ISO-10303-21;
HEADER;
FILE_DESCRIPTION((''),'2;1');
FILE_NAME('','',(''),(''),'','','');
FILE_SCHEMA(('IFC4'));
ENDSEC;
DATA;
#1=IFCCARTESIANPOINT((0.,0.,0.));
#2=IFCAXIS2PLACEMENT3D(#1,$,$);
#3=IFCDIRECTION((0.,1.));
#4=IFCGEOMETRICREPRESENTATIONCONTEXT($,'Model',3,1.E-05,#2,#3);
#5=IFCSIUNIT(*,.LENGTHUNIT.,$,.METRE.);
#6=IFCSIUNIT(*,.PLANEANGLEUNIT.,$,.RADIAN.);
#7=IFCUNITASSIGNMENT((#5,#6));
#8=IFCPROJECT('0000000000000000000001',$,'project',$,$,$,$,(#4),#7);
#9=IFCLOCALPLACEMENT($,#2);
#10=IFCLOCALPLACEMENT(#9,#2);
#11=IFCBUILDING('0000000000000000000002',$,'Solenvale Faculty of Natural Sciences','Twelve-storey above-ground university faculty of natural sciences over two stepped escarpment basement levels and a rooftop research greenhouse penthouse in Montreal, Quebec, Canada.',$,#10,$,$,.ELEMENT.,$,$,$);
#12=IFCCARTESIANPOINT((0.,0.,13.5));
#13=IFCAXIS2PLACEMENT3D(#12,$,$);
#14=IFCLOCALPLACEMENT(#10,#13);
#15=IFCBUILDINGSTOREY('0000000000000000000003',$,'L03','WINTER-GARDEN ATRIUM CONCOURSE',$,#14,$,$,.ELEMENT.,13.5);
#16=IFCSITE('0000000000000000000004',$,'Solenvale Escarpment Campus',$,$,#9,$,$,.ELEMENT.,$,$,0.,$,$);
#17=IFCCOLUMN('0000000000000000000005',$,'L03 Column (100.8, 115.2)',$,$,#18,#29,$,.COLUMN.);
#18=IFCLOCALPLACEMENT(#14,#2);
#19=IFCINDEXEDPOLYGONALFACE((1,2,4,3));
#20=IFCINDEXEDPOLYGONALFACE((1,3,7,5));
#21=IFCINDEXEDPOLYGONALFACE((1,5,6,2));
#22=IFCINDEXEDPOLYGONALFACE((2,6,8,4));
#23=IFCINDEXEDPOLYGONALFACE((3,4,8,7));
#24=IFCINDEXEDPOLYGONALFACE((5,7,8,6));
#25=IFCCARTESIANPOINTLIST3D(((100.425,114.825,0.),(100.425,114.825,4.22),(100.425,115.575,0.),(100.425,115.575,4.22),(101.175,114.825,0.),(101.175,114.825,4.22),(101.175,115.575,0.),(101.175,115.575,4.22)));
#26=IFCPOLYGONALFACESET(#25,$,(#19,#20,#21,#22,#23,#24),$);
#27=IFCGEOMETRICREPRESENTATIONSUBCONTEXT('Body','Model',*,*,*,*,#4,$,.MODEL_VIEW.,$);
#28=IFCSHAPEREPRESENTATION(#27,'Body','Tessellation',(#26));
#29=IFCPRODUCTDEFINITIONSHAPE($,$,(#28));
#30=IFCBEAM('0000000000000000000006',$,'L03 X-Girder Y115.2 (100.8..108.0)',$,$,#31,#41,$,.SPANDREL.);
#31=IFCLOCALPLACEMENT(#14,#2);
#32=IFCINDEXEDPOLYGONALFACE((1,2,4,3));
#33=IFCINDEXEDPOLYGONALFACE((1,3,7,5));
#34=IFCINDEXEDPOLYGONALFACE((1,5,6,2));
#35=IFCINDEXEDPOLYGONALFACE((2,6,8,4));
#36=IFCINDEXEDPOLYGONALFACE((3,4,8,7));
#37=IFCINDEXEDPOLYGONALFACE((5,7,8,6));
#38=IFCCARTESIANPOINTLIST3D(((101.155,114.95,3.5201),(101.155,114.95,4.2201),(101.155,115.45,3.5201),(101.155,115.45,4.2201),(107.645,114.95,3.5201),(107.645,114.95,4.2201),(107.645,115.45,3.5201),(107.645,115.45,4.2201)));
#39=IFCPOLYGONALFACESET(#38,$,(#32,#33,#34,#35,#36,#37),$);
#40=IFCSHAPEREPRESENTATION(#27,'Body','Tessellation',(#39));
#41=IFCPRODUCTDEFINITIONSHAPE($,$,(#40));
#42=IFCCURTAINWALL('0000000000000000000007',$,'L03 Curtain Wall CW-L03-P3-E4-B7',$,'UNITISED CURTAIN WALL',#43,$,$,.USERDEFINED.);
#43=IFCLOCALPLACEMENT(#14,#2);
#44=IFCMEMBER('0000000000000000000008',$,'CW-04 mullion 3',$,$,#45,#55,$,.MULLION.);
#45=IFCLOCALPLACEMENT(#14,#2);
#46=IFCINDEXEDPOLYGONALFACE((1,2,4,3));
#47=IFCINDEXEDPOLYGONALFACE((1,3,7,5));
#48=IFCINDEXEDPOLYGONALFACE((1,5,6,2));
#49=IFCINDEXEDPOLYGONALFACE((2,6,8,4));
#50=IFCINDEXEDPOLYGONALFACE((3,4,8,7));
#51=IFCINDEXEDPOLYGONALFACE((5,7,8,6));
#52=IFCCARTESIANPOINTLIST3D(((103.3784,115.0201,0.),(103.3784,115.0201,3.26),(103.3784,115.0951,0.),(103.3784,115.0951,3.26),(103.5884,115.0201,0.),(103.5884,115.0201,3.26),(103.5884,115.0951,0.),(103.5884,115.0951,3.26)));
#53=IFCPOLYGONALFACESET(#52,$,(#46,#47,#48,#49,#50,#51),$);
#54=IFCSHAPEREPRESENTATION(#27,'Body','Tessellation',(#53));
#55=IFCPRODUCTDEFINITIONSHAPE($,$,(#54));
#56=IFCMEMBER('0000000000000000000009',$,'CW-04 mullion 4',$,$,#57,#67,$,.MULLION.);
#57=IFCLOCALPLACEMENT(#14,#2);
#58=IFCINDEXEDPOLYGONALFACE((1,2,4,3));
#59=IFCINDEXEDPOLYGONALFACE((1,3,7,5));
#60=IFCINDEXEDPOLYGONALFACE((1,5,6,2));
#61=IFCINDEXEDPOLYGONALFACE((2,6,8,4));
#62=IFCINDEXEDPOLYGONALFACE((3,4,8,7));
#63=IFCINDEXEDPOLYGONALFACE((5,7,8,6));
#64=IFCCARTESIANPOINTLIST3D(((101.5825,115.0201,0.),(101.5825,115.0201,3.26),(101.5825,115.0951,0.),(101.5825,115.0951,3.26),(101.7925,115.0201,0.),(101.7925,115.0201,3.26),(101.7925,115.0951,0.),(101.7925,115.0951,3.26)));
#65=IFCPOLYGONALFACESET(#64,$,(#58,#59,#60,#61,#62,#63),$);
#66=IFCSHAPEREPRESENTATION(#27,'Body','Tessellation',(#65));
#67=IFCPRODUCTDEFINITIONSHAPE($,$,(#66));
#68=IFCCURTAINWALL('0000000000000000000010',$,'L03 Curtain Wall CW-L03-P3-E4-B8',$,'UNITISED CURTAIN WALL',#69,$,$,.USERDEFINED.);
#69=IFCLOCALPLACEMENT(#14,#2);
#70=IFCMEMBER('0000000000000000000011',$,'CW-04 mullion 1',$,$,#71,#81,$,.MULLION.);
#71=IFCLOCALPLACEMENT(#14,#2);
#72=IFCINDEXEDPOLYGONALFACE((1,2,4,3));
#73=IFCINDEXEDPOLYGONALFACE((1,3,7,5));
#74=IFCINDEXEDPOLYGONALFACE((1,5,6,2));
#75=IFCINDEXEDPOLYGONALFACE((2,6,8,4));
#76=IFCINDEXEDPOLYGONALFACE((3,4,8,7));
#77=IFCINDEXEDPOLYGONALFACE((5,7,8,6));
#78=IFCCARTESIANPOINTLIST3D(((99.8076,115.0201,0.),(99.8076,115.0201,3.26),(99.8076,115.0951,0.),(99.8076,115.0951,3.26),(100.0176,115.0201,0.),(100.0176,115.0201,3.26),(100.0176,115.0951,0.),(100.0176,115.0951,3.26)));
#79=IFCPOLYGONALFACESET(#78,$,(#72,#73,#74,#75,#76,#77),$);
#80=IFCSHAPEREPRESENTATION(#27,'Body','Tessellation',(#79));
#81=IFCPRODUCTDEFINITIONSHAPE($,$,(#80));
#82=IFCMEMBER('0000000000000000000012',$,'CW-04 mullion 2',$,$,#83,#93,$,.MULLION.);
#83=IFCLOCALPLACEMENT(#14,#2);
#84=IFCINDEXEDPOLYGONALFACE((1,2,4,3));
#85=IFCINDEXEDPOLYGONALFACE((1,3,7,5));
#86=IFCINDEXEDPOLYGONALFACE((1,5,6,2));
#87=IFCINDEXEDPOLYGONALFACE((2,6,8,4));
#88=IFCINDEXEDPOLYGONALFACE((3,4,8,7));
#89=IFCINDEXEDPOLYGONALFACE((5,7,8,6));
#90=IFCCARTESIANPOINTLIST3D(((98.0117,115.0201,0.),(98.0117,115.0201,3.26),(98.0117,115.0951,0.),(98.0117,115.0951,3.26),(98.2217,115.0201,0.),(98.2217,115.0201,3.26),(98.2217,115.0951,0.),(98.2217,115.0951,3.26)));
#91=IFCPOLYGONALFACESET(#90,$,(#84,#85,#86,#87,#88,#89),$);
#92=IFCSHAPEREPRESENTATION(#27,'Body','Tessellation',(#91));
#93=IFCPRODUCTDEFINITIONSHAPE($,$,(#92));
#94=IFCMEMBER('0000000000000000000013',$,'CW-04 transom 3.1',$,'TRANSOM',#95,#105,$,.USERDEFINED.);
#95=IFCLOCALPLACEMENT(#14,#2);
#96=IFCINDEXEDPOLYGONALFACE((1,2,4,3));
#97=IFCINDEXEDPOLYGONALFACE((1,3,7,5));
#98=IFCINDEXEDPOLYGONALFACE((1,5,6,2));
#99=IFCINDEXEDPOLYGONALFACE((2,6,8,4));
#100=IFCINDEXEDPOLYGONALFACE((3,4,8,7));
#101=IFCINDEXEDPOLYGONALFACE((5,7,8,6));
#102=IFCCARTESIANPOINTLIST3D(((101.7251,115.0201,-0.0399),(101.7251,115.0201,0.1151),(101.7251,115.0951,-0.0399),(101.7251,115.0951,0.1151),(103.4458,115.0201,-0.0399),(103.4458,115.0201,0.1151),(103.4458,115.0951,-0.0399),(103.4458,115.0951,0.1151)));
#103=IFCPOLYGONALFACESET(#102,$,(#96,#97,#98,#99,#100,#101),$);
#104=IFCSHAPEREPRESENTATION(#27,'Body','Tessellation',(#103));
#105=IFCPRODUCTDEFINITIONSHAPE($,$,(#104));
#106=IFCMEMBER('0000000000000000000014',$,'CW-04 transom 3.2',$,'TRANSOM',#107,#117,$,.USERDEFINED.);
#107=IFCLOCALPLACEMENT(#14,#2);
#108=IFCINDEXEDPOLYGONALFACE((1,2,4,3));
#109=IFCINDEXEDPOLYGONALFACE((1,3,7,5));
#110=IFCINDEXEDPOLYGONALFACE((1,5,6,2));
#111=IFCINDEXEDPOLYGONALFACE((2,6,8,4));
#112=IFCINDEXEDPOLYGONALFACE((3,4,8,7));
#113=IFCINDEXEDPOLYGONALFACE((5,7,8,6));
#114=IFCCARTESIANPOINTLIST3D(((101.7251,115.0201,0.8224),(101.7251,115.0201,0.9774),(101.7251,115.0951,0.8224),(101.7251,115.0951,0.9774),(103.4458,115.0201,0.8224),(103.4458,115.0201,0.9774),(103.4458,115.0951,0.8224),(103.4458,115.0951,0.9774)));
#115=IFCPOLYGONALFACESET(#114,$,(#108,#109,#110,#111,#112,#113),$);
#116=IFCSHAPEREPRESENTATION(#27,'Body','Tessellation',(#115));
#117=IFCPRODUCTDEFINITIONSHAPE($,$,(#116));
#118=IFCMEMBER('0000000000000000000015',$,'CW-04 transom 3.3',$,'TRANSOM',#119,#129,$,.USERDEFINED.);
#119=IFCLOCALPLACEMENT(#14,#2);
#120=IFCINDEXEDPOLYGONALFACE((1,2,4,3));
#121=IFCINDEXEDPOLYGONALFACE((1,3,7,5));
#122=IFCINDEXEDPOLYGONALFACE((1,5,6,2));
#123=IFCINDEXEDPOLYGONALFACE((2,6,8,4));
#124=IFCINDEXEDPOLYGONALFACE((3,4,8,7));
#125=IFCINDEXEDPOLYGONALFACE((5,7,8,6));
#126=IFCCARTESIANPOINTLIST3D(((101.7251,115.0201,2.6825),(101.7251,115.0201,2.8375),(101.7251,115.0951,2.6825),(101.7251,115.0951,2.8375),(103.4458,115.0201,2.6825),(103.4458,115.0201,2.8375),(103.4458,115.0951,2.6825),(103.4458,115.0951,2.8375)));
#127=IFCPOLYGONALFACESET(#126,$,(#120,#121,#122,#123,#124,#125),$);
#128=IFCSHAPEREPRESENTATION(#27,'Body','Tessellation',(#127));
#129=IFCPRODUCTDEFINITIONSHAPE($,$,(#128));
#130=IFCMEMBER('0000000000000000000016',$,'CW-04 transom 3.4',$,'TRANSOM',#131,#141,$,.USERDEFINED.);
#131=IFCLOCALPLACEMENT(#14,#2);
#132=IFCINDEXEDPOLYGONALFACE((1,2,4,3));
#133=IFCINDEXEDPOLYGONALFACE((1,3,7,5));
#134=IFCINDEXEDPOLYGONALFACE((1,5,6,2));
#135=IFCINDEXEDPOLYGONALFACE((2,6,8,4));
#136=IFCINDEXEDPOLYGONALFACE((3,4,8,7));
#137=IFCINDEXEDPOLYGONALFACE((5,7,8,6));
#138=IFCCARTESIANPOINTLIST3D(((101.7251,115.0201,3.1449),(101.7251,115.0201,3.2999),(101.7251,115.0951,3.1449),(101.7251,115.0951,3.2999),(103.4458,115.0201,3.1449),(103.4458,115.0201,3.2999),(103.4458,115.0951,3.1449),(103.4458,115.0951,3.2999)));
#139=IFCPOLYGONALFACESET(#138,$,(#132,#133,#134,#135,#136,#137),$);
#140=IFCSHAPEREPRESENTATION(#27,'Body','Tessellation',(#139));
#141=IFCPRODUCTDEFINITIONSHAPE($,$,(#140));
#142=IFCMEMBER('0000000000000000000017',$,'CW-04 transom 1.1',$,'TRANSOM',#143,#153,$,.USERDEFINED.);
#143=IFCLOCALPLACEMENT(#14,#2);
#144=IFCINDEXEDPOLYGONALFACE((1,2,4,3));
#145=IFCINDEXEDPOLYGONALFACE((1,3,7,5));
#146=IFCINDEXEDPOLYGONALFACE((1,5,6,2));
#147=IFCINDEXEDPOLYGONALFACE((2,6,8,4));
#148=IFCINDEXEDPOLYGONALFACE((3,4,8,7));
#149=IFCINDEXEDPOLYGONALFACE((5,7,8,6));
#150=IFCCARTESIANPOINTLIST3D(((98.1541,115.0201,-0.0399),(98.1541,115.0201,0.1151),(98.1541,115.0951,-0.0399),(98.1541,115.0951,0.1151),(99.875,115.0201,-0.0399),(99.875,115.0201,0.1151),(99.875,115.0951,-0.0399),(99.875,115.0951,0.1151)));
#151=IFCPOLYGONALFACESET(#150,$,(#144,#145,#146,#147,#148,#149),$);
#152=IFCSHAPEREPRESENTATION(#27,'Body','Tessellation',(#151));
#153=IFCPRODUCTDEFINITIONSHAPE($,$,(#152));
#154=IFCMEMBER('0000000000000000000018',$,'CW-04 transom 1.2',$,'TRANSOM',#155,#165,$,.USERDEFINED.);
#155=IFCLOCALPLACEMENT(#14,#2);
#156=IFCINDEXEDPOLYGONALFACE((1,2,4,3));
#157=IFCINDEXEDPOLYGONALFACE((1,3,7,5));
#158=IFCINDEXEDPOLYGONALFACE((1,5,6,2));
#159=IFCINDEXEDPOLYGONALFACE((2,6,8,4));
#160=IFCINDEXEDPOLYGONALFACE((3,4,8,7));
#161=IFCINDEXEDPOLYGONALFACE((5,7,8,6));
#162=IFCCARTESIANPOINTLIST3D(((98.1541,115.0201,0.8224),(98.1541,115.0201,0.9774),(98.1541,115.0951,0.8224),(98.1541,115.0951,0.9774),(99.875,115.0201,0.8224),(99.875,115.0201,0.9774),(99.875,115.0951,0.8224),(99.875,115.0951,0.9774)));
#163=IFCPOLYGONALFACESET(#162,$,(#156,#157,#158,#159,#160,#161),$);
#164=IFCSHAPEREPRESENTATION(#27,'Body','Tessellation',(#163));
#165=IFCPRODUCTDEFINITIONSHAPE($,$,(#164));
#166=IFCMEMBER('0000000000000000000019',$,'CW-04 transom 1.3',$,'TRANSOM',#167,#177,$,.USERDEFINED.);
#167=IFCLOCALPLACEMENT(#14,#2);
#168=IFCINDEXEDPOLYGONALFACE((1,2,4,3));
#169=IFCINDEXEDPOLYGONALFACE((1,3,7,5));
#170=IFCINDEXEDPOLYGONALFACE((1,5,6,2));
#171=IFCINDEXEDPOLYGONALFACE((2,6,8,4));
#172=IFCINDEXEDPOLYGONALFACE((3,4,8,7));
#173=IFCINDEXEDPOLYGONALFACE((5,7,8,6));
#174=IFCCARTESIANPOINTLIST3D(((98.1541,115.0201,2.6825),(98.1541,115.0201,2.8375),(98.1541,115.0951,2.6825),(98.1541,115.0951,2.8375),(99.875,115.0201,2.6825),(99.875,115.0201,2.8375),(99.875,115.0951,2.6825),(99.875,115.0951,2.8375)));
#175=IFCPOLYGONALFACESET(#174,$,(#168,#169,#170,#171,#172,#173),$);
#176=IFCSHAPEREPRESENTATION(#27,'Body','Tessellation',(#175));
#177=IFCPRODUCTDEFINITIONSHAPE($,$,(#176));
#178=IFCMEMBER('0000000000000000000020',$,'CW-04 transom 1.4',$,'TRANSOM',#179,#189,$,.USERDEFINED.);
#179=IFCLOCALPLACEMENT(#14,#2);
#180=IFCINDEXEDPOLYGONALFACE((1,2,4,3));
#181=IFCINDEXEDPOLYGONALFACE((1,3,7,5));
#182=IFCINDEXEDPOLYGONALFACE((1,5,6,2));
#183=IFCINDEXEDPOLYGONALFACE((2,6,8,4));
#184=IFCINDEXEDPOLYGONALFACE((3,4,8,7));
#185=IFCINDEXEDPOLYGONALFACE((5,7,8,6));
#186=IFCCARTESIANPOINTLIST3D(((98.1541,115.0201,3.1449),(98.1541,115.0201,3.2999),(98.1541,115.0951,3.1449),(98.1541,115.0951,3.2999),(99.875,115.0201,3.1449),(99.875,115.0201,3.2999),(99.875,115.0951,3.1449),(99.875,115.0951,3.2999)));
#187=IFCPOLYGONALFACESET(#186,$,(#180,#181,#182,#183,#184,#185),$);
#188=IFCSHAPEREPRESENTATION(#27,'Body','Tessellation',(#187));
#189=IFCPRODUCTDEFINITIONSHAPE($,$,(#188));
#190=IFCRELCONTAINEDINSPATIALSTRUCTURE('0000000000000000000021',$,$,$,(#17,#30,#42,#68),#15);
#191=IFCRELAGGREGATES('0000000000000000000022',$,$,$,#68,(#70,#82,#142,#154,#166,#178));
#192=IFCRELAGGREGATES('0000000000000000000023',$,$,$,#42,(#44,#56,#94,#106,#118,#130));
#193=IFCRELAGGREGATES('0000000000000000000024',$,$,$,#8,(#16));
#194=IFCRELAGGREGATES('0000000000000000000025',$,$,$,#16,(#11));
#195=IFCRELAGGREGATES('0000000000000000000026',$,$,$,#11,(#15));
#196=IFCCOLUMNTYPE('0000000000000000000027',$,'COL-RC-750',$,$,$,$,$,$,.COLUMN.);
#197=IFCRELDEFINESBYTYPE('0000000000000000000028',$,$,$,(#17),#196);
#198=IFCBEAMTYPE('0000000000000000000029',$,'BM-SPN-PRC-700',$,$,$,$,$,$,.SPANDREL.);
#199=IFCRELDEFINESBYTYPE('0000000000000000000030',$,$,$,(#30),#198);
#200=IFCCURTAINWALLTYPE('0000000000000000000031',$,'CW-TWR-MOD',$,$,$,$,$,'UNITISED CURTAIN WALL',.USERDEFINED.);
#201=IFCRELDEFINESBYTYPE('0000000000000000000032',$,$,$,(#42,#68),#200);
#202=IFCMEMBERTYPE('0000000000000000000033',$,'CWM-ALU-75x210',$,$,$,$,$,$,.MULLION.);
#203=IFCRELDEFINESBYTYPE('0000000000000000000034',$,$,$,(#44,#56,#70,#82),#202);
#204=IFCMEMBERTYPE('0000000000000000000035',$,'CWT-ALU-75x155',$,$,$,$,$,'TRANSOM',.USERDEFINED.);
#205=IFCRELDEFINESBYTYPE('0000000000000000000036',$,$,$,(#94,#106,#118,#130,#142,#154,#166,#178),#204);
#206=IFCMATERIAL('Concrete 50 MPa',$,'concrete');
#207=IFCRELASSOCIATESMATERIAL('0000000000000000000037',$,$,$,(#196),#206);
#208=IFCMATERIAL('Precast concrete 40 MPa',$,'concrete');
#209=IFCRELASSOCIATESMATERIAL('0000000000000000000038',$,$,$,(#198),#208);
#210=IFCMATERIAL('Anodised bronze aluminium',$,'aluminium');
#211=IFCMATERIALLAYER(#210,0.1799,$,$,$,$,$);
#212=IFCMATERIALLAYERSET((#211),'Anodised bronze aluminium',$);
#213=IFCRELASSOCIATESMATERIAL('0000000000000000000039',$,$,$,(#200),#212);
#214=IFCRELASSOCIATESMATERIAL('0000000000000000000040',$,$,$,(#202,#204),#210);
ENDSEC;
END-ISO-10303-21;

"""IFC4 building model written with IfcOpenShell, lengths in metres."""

from ifc_helpers import new_model, si_unit, direction, frame, origin, origin_2d, place, context, subcontext, project, spatial, rectangle, extrude, material, layer, layer_set, material_profile, profile_set, type_object, element, aggregate, save


model = new_model("IFC4")

# Units and contexts
model_context = context("Model", 3, precision=1e-05, world=origin(), true_north=direction((0.0, 1.0)))
body_context = subcontext(model_context, "Body", "Model", "MODEL_VIEW")
ifc_project = project(units=[si_unit("LENGTHUNIT", "METRE"), si_unit("PLANEANGLEUNIT", "RADIAN")], contexts=[model_context])

# Site, building, storey
site_placement = place(None, origin())
site = spatial("IfcSite", under=ifc_project, at=site_placement, Name="Solenvale Escarpment Campus", CompositionType="ELEMENT", RefElevation=0.0)
building_placement = place(site_placement, origin())
building = spatial("IfcBuilding", under=site, at=building_placement, Name="Solenvale Faculty of Natural Sciences", Description="Twelve-storey above-ground university faculty of natural sciences over two stepped escarpment basement levels and a rooftop research greenhouse penthouse in Montreal, Quebec, Canada.", CompositionType="ELEMENT")
storey_placement = place(building_placement, frame((0.0, 0.0, 13.5)))
storey = spatial("IfcBuildingStorey", under=building, at=storey_placement, Name="L03", Description="WINTER-GARDEN ATRIUM CONCOURSE", CompositionType="ELEMENT", Elevation=13.5)

# Column
ifc_material_1 = material(Name="Concrete 50 MPa", Category="concrete")
ifc_material_profile_1 = material_profile(ifc_material_1, rectangle(XDim=0.75, YDim=0.75, at=origin_2d()), Name="RC-COL-750x750")
ifc_profile_set_1 = profile_set([ifc_material_profile_1], Name="Concrete 50 MPa")
column_type = type_object("IfcColumnType", Name="COL-RC-750", PredefinedType="COLUMN", material=ifc_profile_set_1)
column_placement = place(storey_placement, frame((100.8, 115.2, 0.0), z_axis=(0.0, 0.0, 1.0), x_axis=(1.0, 0.0, 0.0)))
element("IfcColumn", 1, at=column_placement, inside=storey, type_object=column_type, Name="L03 Column (100.8, 115.2)", PredefinedType="COLUMN", context=body_context, shape_type="SweptSolid", body=[
    extrude(rectangle(XDim=0.75, YDim=0.75, at=origin_2d()), origin(), (0.0, 0.0, 1.0), 4.22),
])

# Beam
ifc_material_2 = material(Name="Precast concrete 40 MPa", Category="concrete")
ifc_material_profile_2 = material_profile(ifc_material_2, rectangle(XDim=0.5, YDim=0.7, at=origin_2d()), Name="RC-BM-500x700")
ifc_profile_set_2 = profile_set([ifc_material_profile_2], Name="Precast concrete 40 MPa")
beam_type = type_object("IfcBeamType", Name="BM-SPN-PRC-700", PredefinedType="SPANDREL", material=ifc_profile_set_2)
beam_placement = place(storey_placement, frame((101.155, 115.2, 3.8701), z_axis=(1.0, 0.0, 0.0), x_axis=(0.0, 1.0, 0.0)))
element("IfcBeam", 2, at=beam_placement, inside=storey, type_object=beam_type, Name="L03 X-Girder Y115.2 (100.8..108.0)", PredefinedType="SPANDREL", context=body_context, shape_type="SweptSolid", body=[
    extrude(rectangle(XDim=0.5, YDim=0.7, at=origin_2d()), origin(), (0.0, 0.0, 1.0), 6.49),
])

# Curtain walls, members
ifc_material_3 = material(Name="Anodised bronze aluminium", Category="aluminium")
ifc_layer_1 = layer(ifc_material_3, 0.1799)
ifc_layer_set_1 = layer_set([ifc_layer_1], Name="Anodised bronze aluminium")
curtain_wall_type = type_object("IfcCurtainWallType", Name="CW-TWR-MOD", ElementType="UNITISED CURTAIN WALL", PredefinedType="USERDEFINED", material=ifc_layer_set_1)
curtain_wall_1_placement = place(storey_placement, origin())
curtain_wall_1 = element("IfcCurtainWall", 3, at=curtain_wall_1_placement, inside=storey, type_object=curtain_wall_type, Name="L03 Curtain Wall CW-L03-P3-E4-B7", ObjectType="UNITISED CURTAIN WALL", PredefinedType="USERDEFINED")
ifc_material_profile_3 = material_profile(ifc_material_3, rectangle(XDim=0.075, YDim=0.21, at=origin_2d()), Name="ALU-MUL-75x210")
ifc_profile_set_3 = profile_set([ifc_material_profile_3], Name="Anodised bronze aluminium")
member_type_1 = type_object("IfcMemberType", Name="CWM-ALU-75x210", PredefinedType="MULLION", material=ifc_profile_set_3)
member_1_placement = place(storey_placement, frame((103.4834, 115.0576, 0.0), z_axis=(0.0, 0.0, 1.0), x_axis=(0.0, -1.0, 0.0)))
member_1 = element("IfcMember", 4, at=member_1_placement, type_object=member_type_1, Name="CW-04 mullion 3", PredefinedType="MULLION", context=body_context, shape_type="SweptSolid", body=[
    extrude(rectangle(XDim=0.075, YDim=0.21, at=origin_2d()), origin(), (0.0, 0.0, 1.0), 3.26),
])
member_2_placement = place(storey_placement, frame((101.6875, 115.0576, 0.0), z_axis=(0.0, 0.0, 1.0), x_axis=(0.0, -1.0, 0.0)))
member_2 = element("IfcMember", 5, at=member_2_placement, type_object=member_type_1, Name="CW-04 mullion 4", PredefinedType="MULLION", context=body_context, shape_type="SweptSolid", body=[
    extrude(rectangle(XDim=0.075, YDim=0.21, at=origin_2d()), origin(), (0.0, 0.0, 1.0), 3.26),
])
curtain_wall_2_placement = place(storey_placement, origin())
curtain_wall_2 = element("IfcCurtainWall", 6, at=curtain_wall_2_placement, inside=storey, type_object=curtain_wall_type, Name="L03 Curtain Wall CW-L03-P3-E4-B8", ObjectType="UNITISED CURTAIN WALL", PredefinedType="USERDEFINED")
member_3_placement = place(storey_placement, frame((99.9126, 115.0576, 0.0), z_axis=(0.0, 0.0, 1.0), x_axis=(0.0, -1.0, 0.0)))
member_3 = element("IfcMember", 7, at=member_3_placement, type_object=member_type_1, Name="CW-04 mullion 1", PredefinedType="MULLION", context=body_context, shape_type="SweptSolid", body=[
    extrude(rectangle(XDim=0.075, YDim=0.21, at=origin_2d()), origin(), (0.0, 0.0, 1.0), 3.26),
])
member_4_placement = place(storey_placement, frame((98.1167, 115.0576, 0.0), z_axis=(0.0, 0.0, 1.0), x_axis=(0.0, -1.0, 0.0)))
member_4 = element("IfcMember", 8, at=member_4_placement, type_object=member_type_1, Name="CW-04 mullion 2", PredefinedType="MULLION", context=body_context, shape_type="SweptSolid", body=[
    extrude(rectangle(XDim=0.075, YDim=0.21, at=origin_2d()), origin(), (0.0, 0.0, 1.0), 3.26),
])

# Members
ifc_material_profile_4 = material_profile(ifc_material_3, rectangle(XDim=0.075, YDim=0.155, at=origin_2d()), Name="ALU-TRN-75x155")
ifc_profile_set_4 = profile_set([ifc_material_profile_4], Name="Anodised bronze aluminium")
member_type_2 = type_object("IfcMemberType", Name="CWT-ALU-75x155", ElementType="TRANSOM", PredefinedType="USERDEFINED", material=ifc_profile_set_4)
member_5_placement = place(storey_placement, frame((103.4458, 115.0576, 0.0376), z_axis=(-1.0, 0.0, 0.0), x_axis=(0.0, -1.0, 0.0)))
member_5 = element("IfcMember", 9, at=member_5_placement, type_object=member_type_2, Name="CW-04 transom 3.1", ObjectType="TRANSOM", PredefinedType="USERDEFINED", context=body_context, shape_type="SweptSolid", body=[
    extrude(rectangle(XDim=0.075, YDim=0.155, at=origin_2d()), origin(), (0.0, 0.0, 1.0), 1.7207),
])
member_6_placement = place(storey_placement, frame((103.4458, 115.0576, 0.8999), z_axis=(-1.0, 0.0, 0.0), x_axis=(0.0, -1.0, 0.0)))
member_6 = element("IfcMember", 10, at=member_6_placement, type_object=member_type_2, Name="CW-04 transom 3.2", ObjectType="TRANSOM", PredefinedType="USERDEFINED", context=body_context, shape_type="SweptSolid", body=[
    extrude(rectangle(XDim=0.075, YDim=0.155, at=origin_2d()), origin(), (0.0, 0.0, 1.0), 1.7207),
])
member_7_placement = place(storey_placement, frame((103.4458, 115.0576, 2.76), z_axis=(-1.0, 0.0, 0.0), x_axis=(0.0, -1.0, 0.0)))
member_7 = element("IfcMember", 11, at=member_7_placement, type_object=member_type_2, Name="CW-04 transom 3.3", ObjectType="TRANSOM", PredefinedType="USERDEFINED", context=body_context, shape_type="SweptSolid", body=[
    extrude(rectangle(XDim=0.075, YDim=0.155, at=origin_2d()), origin(), (0.0, 0.0, 1.0), 1.7207),
])
member_8_placement = place(storey_placement, frame((103.4458, 115.0576, 3.2224), z_axis=(-1.0, 0.0, 0.0), x_axis=(0.0, -1.0, 0.0)))
member_8 = element("IfcMember", 12, at=member_8_placement, type_object=member_type_2, Name="CW-04 transom 3.4", ObjectType="TRANSOM", PredefinedType="USERDEFINED", context=body_context, shape_type="SweptSolid", body=[
    extrude(rectangle(XDim=0.075, YDim=0.155, at=origin_2d()), origin(), (0.0, 0.0, 1.0), 1.7207),
])
member_9_placement = place(storey_placement, frame((99.875, 115.0576, 0.0376), z_axis=(-1.0, 0.0, 0.0), x_axis=(0.0, -1.0, 0.0)))
member_9 = element("IfcMember", 13, at=member_9_placement, type_object=member_type_2, Name="CW-04 transom 1.1", ObjectType="TRANSOM", PredefinedType="USERDEFINED", context=body_context, shape_type="SweptSolid", body=[
    extrude(rectangle(XDim=0.075, YDim=0.155, at=origin_2d()), origin(), (0.0, 0.0, 1.0), 1.7209),
])
member_10_placement = place(storey_placement, frame((99.875, 115.0576, 0.8999), z_axis=(-1.0, 0.0, 0.0), x_axis=(0.0, -1.0, 0.0)))
member_10 = element("IfcMember", 14, at=member_10_placement, type_object=member_type_2, Name="CW-04 transom 1.2", ObjectType="TRANSOM", PredefinedType="USERDEFINED", context=body_context, shape_type="SweptSolid", body=[
    extrude(rectangle(XDim=0.075, YDim=0.155, at=origin_2d()), origin(), (0.0, 0.0, 1.0), 1.7209),
])
member_11_placement = place(storey_placement, frame((99.875, 115.0576, 2.76), z_axis=(-1.0, 0.0, 0.0), x_axis=(0.0, -1.0, 0.0)))
member_11 = element("IfcMember", 15, at=member_11_placement, type_object=member_type_2, Name="CW-04 transom 1.3", ObjectType="TRANSOM", PredefinedType="USERDEFINED", context=body_context, shape_type="SweptSolid", body=[
    extrude(rectangle(XDim=0.075, YDim=0.155, at=origin_2d()), origin(), (0.0, 0.0, 1.0), 1.7209),
])
member_12_placement = place(storey_placement, frame((99.875, 115.0576, 3.2224), z_axis=(-1.0, 0.0, 0.0), x_axis=(0.0, -1.0, 0.0)))
member_12 = element("IfcMember", 16, at=member_12_placement, type_object=member_type_2, Name="CW-04 transom 1.4", ObjectType="TRANSOM", PredefinedType="USERDEFINED", context=body_context, shape_type="SweptSolid", body=[
    extrude(rectangle(XDim=0.075, YDim=0.155, at=origin_2d()), origin(), (0.0, 0.0, 1.0), 1.7209),
])

aggregate(curtain_wall_2, [member_3, member_4, member_9, member_10, member_11, member_12])
aggregate(curtain_wall_1, [member_1, member_2, member_5, member_6, member_7, member_8])

save(model, "model.ifc")
